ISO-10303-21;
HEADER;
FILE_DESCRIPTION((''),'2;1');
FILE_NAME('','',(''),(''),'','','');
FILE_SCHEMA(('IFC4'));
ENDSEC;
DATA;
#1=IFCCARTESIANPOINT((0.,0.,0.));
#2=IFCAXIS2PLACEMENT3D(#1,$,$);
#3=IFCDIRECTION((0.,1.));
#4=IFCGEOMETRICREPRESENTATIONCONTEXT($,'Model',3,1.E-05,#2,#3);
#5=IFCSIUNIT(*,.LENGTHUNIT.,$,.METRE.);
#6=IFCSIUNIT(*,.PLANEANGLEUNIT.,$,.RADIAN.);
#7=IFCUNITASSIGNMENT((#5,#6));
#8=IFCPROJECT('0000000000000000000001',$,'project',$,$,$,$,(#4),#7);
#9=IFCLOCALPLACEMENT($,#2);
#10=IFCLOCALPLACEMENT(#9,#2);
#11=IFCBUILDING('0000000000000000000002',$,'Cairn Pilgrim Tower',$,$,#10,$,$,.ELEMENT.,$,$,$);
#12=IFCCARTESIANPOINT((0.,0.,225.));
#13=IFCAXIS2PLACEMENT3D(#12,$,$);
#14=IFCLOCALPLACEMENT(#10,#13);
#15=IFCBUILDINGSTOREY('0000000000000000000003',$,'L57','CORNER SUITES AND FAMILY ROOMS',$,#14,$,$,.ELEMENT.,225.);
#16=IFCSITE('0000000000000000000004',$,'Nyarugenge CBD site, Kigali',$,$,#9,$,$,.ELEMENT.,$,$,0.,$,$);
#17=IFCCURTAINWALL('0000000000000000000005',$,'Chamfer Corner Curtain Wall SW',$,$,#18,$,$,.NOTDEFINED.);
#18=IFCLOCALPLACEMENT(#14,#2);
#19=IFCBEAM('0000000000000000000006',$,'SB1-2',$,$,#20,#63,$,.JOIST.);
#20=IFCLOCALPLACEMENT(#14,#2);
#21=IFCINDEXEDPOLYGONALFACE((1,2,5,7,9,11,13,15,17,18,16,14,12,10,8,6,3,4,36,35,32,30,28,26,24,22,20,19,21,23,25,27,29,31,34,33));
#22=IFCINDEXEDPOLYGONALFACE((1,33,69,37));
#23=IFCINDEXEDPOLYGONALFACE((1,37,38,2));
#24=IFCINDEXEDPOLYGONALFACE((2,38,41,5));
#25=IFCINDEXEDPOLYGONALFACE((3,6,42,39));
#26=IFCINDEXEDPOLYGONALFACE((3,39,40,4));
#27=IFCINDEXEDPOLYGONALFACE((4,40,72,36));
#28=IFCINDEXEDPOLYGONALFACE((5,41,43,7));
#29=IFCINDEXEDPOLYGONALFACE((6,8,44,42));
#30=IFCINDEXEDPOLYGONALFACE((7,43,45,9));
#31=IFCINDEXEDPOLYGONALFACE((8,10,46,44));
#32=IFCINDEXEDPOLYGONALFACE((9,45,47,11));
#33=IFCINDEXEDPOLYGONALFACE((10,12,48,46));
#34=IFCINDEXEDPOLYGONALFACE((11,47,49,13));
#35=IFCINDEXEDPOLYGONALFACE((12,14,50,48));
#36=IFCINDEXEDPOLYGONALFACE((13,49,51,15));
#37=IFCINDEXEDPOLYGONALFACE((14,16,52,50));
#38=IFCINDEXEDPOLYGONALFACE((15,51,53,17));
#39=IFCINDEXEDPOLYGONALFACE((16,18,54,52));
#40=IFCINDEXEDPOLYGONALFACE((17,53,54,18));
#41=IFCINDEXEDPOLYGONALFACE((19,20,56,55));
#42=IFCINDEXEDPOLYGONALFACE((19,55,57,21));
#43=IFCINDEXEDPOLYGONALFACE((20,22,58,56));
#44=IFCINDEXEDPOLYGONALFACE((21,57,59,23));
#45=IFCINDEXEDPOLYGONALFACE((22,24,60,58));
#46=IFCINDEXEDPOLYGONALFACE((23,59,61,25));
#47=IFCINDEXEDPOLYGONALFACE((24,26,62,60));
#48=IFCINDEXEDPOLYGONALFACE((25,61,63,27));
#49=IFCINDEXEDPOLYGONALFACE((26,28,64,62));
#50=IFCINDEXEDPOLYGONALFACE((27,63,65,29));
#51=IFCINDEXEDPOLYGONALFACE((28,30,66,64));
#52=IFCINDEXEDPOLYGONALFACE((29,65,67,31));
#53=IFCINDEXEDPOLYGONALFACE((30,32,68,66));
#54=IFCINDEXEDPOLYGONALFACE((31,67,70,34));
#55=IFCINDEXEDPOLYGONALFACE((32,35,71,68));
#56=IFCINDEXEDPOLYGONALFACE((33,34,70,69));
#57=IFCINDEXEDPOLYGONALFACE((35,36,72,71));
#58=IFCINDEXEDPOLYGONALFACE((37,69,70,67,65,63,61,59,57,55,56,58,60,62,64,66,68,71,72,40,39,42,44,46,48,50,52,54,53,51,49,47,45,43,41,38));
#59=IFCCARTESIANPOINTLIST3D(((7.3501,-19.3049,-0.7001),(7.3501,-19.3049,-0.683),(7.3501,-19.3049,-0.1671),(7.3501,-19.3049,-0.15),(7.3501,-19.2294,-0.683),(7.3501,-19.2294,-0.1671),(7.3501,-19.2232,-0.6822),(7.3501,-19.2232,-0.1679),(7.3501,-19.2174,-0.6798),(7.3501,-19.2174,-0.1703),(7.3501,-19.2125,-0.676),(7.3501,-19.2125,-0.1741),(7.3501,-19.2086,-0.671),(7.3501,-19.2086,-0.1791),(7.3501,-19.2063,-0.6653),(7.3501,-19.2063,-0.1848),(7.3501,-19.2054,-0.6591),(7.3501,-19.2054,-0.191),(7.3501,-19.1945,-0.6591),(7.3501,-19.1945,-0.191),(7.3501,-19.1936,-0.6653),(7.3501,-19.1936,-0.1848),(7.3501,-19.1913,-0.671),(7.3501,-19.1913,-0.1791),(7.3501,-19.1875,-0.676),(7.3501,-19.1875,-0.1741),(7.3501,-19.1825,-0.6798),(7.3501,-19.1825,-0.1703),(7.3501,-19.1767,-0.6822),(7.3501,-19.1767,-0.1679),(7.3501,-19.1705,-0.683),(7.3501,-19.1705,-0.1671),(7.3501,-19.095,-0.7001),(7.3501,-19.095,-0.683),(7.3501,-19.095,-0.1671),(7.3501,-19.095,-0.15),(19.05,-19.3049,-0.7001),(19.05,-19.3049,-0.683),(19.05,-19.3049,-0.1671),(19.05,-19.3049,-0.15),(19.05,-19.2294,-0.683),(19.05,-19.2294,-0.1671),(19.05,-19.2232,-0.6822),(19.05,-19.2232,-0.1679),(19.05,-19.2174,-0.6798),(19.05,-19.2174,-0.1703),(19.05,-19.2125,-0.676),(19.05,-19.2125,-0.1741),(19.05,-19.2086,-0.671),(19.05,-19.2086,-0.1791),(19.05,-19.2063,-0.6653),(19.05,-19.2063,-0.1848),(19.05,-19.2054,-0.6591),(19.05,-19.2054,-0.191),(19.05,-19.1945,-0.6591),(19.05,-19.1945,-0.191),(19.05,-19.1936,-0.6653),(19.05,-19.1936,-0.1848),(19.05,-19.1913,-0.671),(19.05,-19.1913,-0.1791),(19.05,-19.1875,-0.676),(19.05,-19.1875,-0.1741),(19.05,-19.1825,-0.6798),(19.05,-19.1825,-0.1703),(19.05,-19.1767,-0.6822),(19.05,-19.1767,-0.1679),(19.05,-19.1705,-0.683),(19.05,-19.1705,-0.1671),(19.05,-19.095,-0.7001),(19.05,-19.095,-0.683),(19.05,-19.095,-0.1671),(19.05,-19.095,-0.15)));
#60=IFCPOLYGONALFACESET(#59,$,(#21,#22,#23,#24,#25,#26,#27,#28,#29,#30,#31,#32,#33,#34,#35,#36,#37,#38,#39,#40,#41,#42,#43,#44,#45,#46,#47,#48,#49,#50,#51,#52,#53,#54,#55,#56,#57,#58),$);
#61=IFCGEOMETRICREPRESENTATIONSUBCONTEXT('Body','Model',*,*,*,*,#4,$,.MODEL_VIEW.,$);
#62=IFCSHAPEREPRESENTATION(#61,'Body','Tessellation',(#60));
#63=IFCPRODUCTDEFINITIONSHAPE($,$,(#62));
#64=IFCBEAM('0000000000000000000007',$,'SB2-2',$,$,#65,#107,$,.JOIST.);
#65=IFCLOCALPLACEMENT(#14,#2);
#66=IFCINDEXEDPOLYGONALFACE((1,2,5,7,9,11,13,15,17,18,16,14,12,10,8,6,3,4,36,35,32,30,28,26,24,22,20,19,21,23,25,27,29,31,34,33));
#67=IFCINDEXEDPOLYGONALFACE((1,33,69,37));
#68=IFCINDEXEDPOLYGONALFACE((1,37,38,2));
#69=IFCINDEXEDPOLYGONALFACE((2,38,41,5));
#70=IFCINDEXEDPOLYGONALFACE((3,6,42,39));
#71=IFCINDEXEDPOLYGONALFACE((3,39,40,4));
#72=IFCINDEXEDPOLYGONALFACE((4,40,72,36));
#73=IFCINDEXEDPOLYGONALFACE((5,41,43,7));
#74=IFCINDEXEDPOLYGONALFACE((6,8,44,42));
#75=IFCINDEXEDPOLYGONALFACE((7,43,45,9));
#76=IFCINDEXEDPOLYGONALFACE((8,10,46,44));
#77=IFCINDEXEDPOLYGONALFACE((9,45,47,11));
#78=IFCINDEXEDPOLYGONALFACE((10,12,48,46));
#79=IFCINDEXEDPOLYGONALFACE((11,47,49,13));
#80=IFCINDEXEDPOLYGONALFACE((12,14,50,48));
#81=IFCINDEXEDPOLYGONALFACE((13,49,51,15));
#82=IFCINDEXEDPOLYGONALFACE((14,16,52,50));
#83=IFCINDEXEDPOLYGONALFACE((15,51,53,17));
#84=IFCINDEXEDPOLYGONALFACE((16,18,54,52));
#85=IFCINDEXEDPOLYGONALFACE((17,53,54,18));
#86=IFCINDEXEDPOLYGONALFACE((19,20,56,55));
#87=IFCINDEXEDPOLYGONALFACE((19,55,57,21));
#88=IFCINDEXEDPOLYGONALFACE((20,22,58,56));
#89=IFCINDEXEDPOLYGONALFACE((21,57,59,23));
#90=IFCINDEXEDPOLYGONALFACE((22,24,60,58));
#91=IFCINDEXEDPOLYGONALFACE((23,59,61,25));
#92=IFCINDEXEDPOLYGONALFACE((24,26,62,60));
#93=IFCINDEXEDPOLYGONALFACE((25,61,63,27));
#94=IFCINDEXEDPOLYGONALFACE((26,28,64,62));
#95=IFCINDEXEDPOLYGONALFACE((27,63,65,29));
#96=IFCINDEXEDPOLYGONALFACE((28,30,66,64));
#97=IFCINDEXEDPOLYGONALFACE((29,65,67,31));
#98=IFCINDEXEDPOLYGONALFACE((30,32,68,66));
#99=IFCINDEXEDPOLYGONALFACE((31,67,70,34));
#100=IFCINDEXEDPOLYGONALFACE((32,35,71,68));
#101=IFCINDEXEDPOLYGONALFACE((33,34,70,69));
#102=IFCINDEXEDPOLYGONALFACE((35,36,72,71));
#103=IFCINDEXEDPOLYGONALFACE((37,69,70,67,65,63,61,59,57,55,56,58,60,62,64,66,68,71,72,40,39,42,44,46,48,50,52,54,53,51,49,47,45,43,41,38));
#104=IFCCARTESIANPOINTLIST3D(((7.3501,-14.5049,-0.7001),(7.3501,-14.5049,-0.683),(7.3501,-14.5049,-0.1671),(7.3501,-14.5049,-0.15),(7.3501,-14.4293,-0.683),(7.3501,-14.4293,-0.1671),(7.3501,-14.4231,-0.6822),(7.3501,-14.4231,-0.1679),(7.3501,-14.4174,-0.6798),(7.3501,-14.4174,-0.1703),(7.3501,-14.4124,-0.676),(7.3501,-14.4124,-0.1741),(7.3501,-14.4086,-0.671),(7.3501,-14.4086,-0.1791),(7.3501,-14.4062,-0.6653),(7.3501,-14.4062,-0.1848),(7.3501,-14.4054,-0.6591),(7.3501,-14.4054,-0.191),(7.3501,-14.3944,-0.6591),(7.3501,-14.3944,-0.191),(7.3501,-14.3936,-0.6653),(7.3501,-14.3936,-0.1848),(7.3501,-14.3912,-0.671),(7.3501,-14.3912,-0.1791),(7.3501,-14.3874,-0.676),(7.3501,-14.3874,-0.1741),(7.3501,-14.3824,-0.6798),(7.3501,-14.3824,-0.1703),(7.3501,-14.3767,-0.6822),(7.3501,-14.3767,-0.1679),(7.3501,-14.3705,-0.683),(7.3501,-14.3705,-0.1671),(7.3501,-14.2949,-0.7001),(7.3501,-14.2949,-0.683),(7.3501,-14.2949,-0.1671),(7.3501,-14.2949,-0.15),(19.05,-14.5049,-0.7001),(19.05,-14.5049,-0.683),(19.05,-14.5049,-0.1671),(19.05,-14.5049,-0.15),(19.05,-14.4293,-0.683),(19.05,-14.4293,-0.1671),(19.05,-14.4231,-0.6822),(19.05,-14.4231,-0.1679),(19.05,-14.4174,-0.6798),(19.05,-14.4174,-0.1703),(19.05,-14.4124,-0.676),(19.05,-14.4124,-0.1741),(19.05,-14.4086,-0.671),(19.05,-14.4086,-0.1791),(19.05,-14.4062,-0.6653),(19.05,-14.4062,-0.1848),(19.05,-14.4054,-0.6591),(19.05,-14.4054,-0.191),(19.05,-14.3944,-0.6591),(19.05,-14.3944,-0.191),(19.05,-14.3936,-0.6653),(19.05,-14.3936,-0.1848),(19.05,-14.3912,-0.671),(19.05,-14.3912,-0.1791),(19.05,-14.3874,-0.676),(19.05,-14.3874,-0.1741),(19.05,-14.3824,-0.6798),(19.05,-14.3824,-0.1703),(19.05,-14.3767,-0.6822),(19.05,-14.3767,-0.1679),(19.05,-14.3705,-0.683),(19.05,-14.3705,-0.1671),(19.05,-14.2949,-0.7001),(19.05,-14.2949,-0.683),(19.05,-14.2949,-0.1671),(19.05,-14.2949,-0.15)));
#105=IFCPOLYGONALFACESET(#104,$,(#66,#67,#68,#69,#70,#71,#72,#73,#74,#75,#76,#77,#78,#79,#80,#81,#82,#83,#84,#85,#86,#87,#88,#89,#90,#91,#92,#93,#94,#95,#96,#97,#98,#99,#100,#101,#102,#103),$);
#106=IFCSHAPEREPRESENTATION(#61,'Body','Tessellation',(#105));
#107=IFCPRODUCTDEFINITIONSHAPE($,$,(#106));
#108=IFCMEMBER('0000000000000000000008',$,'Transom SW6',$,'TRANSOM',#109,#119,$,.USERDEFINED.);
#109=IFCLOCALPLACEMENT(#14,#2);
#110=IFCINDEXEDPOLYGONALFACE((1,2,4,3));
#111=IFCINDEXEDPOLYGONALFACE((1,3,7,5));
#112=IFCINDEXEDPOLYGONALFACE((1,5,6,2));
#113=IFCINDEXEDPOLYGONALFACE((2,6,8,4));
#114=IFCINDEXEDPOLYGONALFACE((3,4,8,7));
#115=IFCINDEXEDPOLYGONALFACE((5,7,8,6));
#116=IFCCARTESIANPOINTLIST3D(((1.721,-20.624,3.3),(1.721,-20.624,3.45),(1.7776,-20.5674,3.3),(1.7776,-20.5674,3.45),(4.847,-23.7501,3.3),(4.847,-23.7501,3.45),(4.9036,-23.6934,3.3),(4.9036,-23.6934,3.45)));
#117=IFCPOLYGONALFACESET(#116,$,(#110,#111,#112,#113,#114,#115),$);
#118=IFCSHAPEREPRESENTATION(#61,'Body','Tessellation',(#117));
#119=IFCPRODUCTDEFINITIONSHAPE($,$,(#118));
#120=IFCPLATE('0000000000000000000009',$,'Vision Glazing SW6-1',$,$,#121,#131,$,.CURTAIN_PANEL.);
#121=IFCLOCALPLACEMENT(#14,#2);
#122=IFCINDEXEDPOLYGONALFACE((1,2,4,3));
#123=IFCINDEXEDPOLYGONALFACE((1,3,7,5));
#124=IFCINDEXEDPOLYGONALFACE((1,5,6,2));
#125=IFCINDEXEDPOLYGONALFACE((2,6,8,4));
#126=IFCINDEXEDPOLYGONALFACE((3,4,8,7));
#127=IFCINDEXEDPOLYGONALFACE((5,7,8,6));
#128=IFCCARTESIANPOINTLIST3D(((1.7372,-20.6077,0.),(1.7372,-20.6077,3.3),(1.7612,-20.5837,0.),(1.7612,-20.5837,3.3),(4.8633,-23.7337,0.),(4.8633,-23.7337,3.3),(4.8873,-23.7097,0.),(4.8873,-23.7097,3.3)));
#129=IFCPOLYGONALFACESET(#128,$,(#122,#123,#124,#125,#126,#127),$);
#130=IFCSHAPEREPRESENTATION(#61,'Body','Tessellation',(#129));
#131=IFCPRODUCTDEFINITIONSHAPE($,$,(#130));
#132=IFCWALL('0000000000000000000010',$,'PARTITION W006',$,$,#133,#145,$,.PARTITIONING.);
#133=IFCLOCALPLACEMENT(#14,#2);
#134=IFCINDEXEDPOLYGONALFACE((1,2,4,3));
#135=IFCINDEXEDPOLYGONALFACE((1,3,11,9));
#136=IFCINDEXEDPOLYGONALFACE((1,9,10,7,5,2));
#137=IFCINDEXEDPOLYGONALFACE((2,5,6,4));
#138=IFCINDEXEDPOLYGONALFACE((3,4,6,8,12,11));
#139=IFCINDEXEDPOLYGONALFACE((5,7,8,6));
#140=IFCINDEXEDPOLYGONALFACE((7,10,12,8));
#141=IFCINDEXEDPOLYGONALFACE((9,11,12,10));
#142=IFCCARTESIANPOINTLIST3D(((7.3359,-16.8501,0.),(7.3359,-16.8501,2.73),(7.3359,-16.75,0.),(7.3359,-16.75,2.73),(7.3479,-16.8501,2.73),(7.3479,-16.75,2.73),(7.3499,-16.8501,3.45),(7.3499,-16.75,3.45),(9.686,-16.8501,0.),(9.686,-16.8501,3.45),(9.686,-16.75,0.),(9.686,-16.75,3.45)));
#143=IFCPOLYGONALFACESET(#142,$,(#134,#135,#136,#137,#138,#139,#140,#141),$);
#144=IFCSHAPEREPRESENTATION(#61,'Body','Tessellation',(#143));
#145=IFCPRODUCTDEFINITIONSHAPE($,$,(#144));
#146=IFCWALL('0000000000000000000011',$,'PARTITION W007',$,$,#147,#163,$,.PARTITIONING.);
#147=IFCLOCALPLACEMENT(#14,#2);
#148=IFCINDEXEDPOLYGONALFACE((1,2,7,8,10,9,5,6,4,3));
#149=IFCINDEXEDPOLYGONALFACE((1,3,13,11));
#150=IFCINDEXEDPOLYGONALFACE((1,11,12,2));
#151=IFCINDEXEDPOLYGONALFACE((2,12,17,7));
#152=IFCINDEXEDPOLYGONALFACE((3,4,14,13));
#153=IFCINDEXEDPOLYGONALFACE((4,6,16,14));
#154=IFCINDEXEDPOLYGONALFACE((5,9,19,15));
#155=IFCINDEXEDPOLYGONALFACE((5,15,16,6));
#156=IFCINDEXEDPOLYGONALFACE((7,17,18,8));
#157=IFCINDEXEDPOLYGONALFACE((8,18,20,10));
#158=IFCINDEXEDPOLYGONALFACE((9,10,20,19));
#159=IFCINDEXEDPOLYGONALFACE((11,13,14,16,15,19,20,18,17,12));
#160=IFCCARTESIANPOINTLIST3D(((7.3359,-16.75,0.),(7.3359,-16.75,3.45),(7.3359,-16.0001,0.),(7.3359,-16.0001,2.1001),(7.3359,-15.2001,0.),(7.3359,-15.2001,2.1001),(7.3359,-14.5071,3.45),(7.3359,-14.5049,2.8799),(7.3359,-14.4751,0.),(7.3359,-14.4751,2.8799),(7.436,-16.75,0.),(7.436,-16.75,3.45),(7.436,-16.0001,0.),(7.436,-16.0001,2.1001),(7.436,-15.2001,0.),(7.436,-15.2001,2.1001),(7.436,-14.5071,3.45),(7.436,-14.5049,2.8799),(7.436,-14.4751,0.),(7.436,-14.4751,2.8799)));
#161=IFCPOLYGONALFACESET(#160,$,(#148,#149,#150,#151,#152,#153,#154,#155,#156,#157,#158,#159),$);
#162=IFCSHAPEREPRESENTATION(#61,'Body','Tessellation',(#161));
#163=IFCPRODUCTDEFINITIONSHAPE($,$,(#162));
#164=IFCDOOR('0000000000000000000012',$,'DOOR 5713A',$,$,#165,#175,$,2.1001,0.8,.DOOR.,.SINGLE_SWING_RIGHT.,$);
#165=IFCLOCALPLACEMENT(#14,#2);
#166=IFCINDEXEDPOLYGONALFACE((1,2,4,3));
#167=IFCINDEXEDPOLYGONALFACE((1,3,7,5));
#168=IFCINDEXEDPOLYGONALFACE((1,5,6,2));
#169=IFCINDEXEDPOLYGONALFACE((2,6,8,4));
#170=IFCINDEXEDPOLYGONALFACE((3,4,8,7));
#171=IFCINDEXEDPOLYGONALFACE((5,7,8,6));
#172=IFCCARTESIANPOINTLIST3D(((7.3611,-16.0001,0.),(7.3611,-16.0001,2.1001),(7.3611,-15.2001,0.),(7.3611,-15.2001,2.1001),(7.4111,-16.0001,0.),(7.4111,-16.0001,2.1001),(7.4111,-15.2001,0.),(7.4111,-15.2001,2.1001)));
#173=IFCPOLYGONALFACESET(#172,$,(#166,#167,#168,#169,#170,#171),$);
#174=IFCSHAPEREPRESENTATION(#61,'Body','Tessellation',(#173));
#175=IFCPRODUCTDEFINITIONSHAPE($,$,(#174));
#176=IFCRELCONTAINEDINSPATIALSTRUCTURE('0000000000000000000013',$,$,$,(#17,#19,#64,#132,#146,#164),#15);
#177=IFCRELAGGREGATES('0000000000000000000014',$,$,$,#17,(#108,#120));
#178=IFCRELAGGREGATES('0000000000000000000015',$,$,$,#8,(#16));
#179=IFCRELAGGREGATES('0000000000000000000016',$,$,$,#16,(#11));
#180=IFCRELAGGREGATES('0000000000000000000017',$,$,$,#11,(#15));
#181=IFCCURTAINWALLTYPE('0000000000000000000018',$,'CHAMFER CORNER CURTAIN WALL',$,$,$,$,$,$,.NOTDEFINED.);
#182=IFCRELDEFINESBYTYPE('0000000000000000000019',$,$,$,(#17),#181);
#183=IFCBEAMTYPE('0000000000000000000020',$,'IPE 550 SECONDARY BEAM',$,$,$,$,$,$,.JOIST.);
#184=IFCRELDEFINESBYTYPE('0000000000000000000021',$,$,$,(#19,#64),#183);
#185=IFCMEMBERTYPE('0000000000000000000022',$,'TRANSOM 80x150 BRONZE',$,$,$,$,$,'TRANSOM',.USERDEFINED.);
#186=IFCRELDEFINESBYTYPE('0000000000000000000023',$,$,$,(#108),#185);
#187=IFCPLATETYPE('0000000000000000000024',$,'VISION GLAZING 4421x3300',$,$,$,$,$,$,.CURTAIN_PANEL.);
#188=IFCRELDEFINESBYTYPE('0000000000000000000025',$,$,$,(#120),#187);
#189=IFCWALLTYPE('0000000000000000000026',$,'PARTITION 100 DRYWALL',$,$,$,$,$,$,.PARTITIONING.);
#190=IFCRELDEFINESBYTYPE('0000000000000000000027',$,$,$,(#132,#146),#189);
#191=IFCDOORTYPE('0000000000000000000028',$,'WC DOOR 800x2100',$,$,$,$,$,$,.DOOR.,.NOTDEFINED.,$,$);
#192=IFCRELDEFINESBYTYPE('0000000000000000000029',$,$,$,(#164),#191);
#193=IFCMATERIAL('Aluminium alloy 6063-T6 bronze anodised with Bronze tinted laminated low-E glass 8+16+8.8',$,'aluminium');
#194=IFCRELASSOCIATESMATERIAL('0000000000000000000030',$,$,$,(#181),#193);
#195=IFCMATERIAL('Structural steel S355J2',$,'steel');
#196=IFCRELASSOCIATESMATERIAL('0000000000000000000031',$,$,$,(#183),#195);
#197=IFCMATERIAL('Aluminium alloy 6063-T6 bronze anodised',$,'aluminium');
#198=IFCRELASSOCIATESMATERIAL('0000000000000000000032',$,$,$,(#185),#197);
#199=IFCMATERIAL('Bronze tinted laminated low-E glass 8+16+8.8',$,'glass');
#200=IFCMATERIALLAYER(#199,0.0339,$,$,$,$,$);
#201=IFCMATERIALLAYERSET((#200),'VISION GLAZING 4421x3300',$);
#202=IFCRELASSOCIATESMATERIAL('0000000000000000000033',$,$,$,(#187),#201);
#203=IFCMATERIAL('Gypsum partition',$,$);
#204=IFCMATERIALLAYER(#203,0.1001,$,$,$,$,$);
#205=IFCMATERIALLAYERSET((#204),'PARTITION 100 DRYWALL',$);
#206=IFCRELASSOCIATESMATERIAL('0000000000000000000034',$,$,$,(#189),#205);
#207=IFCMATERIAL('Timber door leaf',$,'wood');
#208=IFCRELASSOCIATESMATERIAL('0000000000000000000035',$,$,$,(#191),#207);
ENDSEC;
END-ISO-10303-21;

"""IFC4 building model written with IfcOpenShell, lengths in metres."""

from ifc_helpers import new_model, si_unit, direction, frame, frame_2d, origin, origin_2d, place, context, subcontext, project, spatial, polyline, rectangle, i_section, outline, extrude, material, layer, layer_set, material_profile, profile_set, type_object, element, fill, aggregate, save


model = new_model("IFC4")

# Units and contexts
model_context = context("Model", 3, precision=1e-05, world=origin(), true_north=direction((0.0, 1.0)))
body_context = subcontext(model_context, "Body", "Model", "MODEL_VIEW")
ifc_project = project(units=[si_unit("LENGTHUNIT", "METRE"), si_unit("PLANEANGLEUNIT", "RADIAN")], contexts=[model_context])

# Site, building, storey
site_placement = place(None, origin())
site = spatial("IfcSite", under=ifc_project, at=site_placement, Name="Nyarugenge CBD site, Kigali", CompositionType="ELEMENT", RefElevation=0.0)
building_placement = place(site_placement, origin())
building = spatial("IfcBuilding", under=site, at=building_placement, Name="Cairn Pilgrim Tower", CompositionType="ELEMENT")
storey_placement = place(building_placement, frame((0.0, 0.0, 225.0)))
storey = spatial("IfcBuildingStorey", under=building, at=storey_placement, Name="L57", Description="CORNER SUITES AND FAMILY ROOMS", CompositionType="ELEMENT", Elevation=225.0)

# Shared definitions
ifc_material_1 = material(Name="Aluminium alloy 6063-T6 bronze anodised with Bronze tinted laminated low-E glass 8+16+8.8", Category="aluminium")
ifc_material_2 = material(Name="Aluminium alloy 6063-T6 bronze anodised", Category="aluminium")

# Curtain wall
curtain_wall_type_1 = type_object("IfcCurtainWallType", Name="CHAMFER CORNER CURTAIN WALL", PredefinedType="NOTDEFINED", material=ifc_material_1)
curtain_wall_1_placement = place(storey_placement, origin())
curtain_wall_1 = element("IfcCurtainWall", 1, at=curtain_wall_1_placement, inside=storey, type_object=curtain_wall_type_1, Name="Chamfer Corner Curtain Wall SW", PredefinedType="NOTDEFINED")

# Beams
ifc_material_3 = material(Name="Structural steel S355J2", Category="steel")
ifc_material_profile_1 = material_profile(ifc_material_3, i_section(OverallWidth=0.21, OverallDepth=0.55, WebThickness=0.011, FlangeThickness=0.0171, FilletRadius=0.0239, at=origin_2d()), Name="IPE 550")
ifc_profile_set_1 = profile_set([ifc_material_profile_1], Name="Structural steel S355J2")
beam_type_1 = type_object("IfcBeamType", Name="IPE 550 SECONDARY BEAM", PredefinedType="JOIST", material=ifc_profile_set_1)
for number, where, z_axis, x_axis, name in (
    (2, (7.3501, -19.2, -0.425), (1.0, 0.0, 0.0), (0.0, 1.0, 0.0), "SB1-2"),
    (3, (7.3501, -14.3999, -0.425), (1.0, 0.0, 0.0), (0.0, 1.0, 0.0), "SB2-2"),
):
    element("IfcBeam", number, at=place(storey_placement, frame(where, z_axis=z_axis, x_axis=x_axis)), inside=storey, type_object=beam_type_1, Name=name, PredefinedType="JOIST", context=body_context, shape_type="SweptSolid", body=[
        extrude(i_section(OverallWidth=0.21, OverallDepth=0.55, WebThickness=0.011, FlangeThickness=0.0171, FilletRadius=0.0239, at=origin_2d()), origin(), (0.0, 0.0, 1.0), 11.7),
    ])

# Member
ifc_material_profile_2 = material_profile(ifc_material_2, rectangle(XDim=0.0801, YDim=0.1499, at=origin_2d()), Name="TRANSOM 80x150 BRONZE")
ifc_profile_set_2 = profile_set([ifc_material_profile_2], Name="Aluminium alloy 6063-T6 bronze anodised")
member_type_1 = type_object("IfcMemberType", Name="TRANSOM 80x150 BRONZE", ElementType="TRANSOM", PredefinedType="USERDEFINED", material=ifc_profile_set_2)
member_1_placement = place(storey_placement, frame((1.7493, -20.5957, 3.375), z_axis=(0.707107, -0.707107, 0.0), x_axis=(0.707107, 0.707107, 0.0)))
member_1 = element("IfcMember", 4, at=member_1_placement, type_object=member_type_1, Name="Transom SW6", ObjectType="TRANSOM", PredefinedType="USERDEFINED", context=body_context, shape_type="SweptSolid", body=[
    extrude(rectangle(XDim=0.0801, YDim=0.1499, at=origin_2d()), origin(), (0.0, 0.0, 1.0), 4.4209),
])

# Plate
ifc_material_4 = material(Name="Bronze tinted laminated low-E glass 8+16+8.8", Category="glass")
ifc_layer_1 = layer(ifc_material_4, 0.0339)
ifc_layer_set_1 = layer_set([ifc_layer_1], Name="VISION GLAZING 4421x3300")
plate_type = type_object("IfcPlateType", Name="VISION GLAZING 4421x3300", PredefinedType="CURTAIN_PANEL", material=ifc_layer_set_1)
plate_placement = place(storey_placement, frame((3.3123, -22.1587, 0.0), z_axis=(0.0, 0.0, 1.0), x_axis=(0.707107, -0.707107, 0.0)))
plate = element("IfcPlate", 5, at=plate_placement, type_object=plate_type, Name="Vision Glazing SW6-1", PredefinedType="CURTAIN_PANEL", context=body_context, shape_type="SweptSolid", body=[
    extrude(rectangle(XDim=4.4209, YDim=0.0339, at=origin_2d()), origin(), (0.0, 0.0, 1.0), 3.3),
])
aggregate(curtain_wall_1, [member_1, plate])

# Wall
ifc_material_5 = material(Name="Gypsum partition")
ifc_layer_2 = layer(ifc_material_5, 0.1001)
ifc_layer_set_2 = layer_set([ifc_layer_2], Name="PARTITION 100 DRYWALL")
wall_type_1 = type_object("IfcWallType", Name="PARTITION 100 DRYWALL", PredefinedType="PARTITIONING", material=ifc_layer_set_2)
wall_1_placement = place(storey_placement, frame((7.3359, -16.8, 0.0), z_axis=(0.0, 0.0, 1.0), x_axis=(1.0, 0.0, 0.0)))
element("IfcWall", 6, at=wall_1_placement, inside=storey, type_object=wall_type_1, Name="PARTITION W006", PredefinedType="PARTITIONING", context=body_context, shape_type="SweptSolid", body=[
    extrude(outline(polyline([(0.0, 0.0), (2.3501, 0.0), (2.3501, 3.45), (0.0139, 3.45), (0.012, 2.73), (0.0, 2.73), (0.0, 0.0)])), frame((0.0, 0.05, 0.0), z_axis=(0.0, -1.0, 0.0), x_axis=(1.0, 0.0, 0.0)), (0.0, 0.0, 1.0), 0.1001),
])

# Wall, opening, door
wall_2_placement = place(storey_placement, frame((7.386, -16.75, 0.0), z_axis=(0.0, 0.0, 1.0), x_axis=(0.0, 1.0, 0.0)))
wall_2 = element("IfcWall", 7, at=wall_2_placement, inside=storey, type_object=wall_type_1, Name="PARTITION W007", PredefinedType="PARTITIONING", context=body_context, shape_type="SweptSolid", body=[
    extrude(outline(polyline([(0.0, 0.0), (2.2749, 0.0), (2.2749, 2.8799), (2.2451, 2.8799), (2.2429, 3.45), (0.0, 3.45), (0.0, 0.0)])), frame((0.0, 0.05, 0.0), z_axis=(0.0, -1.0, 0.0), x_axis=(1.0, 0.0, 0.0)), (0.0, 0.0, 1.0), 0.1001),
])
opening_1_placement = place(wall_2_placement, frame((0.75, 0.0, 0.0)))
opening_1 = element("IfcOpeningElement", 8, at=opening_1_placement, cuts=wall_2, PredefinedType="OPENING", context=body_context, shape_type="SweptSolid", body=[
    extrude(rectangle(XDim=0.8, YDim=2.1001, at=frame_2d((0.3999, 1.05))), frame((0.0, 0.0601, 0.0), z_axis=(0.0, -1.0, 0.0), x_axis=(1.0, 0.0, 0.0)), (0.0, 0.0, 1.0), 0.1201),
])
ifc_material_6 = material(Name="Timber door leaf", Category="wood")
door_type_1 = type_object("IfcDoorType", Name="WC DOOR 800x2100", OperationType="NOTDEFINED", PredefinedType="DOOR", material=ifc_material_6)
door_1_placement = place(opening_1_placement, origin())
door_1 = element("IfcDoor", 9, at=door_1_placement, inside=storey, type_object=door_type_1, Name="DOOR 5713A", OperationType="SINGLE_SWING_RIGHT", OverallHeight=2.1001, OverallWidth=0.8, PredefinedType="DOOR", context=body_context, shape_type="SweptSolid", body=[
    extrude(rectangle(XDim=0.8, YDim=2.1001, at=frame_2d((0.3999, 1.05))), frame((0.0, 0.0249, 0.0), z_axis=(0.0, -1.0, 0.0), x_axis=(1.0, 0.0, 0.0)), (0.0, 0.0, 1.0), 0.05),
])
fill(opening_1, door_1)

save(model, "model.ifc")
